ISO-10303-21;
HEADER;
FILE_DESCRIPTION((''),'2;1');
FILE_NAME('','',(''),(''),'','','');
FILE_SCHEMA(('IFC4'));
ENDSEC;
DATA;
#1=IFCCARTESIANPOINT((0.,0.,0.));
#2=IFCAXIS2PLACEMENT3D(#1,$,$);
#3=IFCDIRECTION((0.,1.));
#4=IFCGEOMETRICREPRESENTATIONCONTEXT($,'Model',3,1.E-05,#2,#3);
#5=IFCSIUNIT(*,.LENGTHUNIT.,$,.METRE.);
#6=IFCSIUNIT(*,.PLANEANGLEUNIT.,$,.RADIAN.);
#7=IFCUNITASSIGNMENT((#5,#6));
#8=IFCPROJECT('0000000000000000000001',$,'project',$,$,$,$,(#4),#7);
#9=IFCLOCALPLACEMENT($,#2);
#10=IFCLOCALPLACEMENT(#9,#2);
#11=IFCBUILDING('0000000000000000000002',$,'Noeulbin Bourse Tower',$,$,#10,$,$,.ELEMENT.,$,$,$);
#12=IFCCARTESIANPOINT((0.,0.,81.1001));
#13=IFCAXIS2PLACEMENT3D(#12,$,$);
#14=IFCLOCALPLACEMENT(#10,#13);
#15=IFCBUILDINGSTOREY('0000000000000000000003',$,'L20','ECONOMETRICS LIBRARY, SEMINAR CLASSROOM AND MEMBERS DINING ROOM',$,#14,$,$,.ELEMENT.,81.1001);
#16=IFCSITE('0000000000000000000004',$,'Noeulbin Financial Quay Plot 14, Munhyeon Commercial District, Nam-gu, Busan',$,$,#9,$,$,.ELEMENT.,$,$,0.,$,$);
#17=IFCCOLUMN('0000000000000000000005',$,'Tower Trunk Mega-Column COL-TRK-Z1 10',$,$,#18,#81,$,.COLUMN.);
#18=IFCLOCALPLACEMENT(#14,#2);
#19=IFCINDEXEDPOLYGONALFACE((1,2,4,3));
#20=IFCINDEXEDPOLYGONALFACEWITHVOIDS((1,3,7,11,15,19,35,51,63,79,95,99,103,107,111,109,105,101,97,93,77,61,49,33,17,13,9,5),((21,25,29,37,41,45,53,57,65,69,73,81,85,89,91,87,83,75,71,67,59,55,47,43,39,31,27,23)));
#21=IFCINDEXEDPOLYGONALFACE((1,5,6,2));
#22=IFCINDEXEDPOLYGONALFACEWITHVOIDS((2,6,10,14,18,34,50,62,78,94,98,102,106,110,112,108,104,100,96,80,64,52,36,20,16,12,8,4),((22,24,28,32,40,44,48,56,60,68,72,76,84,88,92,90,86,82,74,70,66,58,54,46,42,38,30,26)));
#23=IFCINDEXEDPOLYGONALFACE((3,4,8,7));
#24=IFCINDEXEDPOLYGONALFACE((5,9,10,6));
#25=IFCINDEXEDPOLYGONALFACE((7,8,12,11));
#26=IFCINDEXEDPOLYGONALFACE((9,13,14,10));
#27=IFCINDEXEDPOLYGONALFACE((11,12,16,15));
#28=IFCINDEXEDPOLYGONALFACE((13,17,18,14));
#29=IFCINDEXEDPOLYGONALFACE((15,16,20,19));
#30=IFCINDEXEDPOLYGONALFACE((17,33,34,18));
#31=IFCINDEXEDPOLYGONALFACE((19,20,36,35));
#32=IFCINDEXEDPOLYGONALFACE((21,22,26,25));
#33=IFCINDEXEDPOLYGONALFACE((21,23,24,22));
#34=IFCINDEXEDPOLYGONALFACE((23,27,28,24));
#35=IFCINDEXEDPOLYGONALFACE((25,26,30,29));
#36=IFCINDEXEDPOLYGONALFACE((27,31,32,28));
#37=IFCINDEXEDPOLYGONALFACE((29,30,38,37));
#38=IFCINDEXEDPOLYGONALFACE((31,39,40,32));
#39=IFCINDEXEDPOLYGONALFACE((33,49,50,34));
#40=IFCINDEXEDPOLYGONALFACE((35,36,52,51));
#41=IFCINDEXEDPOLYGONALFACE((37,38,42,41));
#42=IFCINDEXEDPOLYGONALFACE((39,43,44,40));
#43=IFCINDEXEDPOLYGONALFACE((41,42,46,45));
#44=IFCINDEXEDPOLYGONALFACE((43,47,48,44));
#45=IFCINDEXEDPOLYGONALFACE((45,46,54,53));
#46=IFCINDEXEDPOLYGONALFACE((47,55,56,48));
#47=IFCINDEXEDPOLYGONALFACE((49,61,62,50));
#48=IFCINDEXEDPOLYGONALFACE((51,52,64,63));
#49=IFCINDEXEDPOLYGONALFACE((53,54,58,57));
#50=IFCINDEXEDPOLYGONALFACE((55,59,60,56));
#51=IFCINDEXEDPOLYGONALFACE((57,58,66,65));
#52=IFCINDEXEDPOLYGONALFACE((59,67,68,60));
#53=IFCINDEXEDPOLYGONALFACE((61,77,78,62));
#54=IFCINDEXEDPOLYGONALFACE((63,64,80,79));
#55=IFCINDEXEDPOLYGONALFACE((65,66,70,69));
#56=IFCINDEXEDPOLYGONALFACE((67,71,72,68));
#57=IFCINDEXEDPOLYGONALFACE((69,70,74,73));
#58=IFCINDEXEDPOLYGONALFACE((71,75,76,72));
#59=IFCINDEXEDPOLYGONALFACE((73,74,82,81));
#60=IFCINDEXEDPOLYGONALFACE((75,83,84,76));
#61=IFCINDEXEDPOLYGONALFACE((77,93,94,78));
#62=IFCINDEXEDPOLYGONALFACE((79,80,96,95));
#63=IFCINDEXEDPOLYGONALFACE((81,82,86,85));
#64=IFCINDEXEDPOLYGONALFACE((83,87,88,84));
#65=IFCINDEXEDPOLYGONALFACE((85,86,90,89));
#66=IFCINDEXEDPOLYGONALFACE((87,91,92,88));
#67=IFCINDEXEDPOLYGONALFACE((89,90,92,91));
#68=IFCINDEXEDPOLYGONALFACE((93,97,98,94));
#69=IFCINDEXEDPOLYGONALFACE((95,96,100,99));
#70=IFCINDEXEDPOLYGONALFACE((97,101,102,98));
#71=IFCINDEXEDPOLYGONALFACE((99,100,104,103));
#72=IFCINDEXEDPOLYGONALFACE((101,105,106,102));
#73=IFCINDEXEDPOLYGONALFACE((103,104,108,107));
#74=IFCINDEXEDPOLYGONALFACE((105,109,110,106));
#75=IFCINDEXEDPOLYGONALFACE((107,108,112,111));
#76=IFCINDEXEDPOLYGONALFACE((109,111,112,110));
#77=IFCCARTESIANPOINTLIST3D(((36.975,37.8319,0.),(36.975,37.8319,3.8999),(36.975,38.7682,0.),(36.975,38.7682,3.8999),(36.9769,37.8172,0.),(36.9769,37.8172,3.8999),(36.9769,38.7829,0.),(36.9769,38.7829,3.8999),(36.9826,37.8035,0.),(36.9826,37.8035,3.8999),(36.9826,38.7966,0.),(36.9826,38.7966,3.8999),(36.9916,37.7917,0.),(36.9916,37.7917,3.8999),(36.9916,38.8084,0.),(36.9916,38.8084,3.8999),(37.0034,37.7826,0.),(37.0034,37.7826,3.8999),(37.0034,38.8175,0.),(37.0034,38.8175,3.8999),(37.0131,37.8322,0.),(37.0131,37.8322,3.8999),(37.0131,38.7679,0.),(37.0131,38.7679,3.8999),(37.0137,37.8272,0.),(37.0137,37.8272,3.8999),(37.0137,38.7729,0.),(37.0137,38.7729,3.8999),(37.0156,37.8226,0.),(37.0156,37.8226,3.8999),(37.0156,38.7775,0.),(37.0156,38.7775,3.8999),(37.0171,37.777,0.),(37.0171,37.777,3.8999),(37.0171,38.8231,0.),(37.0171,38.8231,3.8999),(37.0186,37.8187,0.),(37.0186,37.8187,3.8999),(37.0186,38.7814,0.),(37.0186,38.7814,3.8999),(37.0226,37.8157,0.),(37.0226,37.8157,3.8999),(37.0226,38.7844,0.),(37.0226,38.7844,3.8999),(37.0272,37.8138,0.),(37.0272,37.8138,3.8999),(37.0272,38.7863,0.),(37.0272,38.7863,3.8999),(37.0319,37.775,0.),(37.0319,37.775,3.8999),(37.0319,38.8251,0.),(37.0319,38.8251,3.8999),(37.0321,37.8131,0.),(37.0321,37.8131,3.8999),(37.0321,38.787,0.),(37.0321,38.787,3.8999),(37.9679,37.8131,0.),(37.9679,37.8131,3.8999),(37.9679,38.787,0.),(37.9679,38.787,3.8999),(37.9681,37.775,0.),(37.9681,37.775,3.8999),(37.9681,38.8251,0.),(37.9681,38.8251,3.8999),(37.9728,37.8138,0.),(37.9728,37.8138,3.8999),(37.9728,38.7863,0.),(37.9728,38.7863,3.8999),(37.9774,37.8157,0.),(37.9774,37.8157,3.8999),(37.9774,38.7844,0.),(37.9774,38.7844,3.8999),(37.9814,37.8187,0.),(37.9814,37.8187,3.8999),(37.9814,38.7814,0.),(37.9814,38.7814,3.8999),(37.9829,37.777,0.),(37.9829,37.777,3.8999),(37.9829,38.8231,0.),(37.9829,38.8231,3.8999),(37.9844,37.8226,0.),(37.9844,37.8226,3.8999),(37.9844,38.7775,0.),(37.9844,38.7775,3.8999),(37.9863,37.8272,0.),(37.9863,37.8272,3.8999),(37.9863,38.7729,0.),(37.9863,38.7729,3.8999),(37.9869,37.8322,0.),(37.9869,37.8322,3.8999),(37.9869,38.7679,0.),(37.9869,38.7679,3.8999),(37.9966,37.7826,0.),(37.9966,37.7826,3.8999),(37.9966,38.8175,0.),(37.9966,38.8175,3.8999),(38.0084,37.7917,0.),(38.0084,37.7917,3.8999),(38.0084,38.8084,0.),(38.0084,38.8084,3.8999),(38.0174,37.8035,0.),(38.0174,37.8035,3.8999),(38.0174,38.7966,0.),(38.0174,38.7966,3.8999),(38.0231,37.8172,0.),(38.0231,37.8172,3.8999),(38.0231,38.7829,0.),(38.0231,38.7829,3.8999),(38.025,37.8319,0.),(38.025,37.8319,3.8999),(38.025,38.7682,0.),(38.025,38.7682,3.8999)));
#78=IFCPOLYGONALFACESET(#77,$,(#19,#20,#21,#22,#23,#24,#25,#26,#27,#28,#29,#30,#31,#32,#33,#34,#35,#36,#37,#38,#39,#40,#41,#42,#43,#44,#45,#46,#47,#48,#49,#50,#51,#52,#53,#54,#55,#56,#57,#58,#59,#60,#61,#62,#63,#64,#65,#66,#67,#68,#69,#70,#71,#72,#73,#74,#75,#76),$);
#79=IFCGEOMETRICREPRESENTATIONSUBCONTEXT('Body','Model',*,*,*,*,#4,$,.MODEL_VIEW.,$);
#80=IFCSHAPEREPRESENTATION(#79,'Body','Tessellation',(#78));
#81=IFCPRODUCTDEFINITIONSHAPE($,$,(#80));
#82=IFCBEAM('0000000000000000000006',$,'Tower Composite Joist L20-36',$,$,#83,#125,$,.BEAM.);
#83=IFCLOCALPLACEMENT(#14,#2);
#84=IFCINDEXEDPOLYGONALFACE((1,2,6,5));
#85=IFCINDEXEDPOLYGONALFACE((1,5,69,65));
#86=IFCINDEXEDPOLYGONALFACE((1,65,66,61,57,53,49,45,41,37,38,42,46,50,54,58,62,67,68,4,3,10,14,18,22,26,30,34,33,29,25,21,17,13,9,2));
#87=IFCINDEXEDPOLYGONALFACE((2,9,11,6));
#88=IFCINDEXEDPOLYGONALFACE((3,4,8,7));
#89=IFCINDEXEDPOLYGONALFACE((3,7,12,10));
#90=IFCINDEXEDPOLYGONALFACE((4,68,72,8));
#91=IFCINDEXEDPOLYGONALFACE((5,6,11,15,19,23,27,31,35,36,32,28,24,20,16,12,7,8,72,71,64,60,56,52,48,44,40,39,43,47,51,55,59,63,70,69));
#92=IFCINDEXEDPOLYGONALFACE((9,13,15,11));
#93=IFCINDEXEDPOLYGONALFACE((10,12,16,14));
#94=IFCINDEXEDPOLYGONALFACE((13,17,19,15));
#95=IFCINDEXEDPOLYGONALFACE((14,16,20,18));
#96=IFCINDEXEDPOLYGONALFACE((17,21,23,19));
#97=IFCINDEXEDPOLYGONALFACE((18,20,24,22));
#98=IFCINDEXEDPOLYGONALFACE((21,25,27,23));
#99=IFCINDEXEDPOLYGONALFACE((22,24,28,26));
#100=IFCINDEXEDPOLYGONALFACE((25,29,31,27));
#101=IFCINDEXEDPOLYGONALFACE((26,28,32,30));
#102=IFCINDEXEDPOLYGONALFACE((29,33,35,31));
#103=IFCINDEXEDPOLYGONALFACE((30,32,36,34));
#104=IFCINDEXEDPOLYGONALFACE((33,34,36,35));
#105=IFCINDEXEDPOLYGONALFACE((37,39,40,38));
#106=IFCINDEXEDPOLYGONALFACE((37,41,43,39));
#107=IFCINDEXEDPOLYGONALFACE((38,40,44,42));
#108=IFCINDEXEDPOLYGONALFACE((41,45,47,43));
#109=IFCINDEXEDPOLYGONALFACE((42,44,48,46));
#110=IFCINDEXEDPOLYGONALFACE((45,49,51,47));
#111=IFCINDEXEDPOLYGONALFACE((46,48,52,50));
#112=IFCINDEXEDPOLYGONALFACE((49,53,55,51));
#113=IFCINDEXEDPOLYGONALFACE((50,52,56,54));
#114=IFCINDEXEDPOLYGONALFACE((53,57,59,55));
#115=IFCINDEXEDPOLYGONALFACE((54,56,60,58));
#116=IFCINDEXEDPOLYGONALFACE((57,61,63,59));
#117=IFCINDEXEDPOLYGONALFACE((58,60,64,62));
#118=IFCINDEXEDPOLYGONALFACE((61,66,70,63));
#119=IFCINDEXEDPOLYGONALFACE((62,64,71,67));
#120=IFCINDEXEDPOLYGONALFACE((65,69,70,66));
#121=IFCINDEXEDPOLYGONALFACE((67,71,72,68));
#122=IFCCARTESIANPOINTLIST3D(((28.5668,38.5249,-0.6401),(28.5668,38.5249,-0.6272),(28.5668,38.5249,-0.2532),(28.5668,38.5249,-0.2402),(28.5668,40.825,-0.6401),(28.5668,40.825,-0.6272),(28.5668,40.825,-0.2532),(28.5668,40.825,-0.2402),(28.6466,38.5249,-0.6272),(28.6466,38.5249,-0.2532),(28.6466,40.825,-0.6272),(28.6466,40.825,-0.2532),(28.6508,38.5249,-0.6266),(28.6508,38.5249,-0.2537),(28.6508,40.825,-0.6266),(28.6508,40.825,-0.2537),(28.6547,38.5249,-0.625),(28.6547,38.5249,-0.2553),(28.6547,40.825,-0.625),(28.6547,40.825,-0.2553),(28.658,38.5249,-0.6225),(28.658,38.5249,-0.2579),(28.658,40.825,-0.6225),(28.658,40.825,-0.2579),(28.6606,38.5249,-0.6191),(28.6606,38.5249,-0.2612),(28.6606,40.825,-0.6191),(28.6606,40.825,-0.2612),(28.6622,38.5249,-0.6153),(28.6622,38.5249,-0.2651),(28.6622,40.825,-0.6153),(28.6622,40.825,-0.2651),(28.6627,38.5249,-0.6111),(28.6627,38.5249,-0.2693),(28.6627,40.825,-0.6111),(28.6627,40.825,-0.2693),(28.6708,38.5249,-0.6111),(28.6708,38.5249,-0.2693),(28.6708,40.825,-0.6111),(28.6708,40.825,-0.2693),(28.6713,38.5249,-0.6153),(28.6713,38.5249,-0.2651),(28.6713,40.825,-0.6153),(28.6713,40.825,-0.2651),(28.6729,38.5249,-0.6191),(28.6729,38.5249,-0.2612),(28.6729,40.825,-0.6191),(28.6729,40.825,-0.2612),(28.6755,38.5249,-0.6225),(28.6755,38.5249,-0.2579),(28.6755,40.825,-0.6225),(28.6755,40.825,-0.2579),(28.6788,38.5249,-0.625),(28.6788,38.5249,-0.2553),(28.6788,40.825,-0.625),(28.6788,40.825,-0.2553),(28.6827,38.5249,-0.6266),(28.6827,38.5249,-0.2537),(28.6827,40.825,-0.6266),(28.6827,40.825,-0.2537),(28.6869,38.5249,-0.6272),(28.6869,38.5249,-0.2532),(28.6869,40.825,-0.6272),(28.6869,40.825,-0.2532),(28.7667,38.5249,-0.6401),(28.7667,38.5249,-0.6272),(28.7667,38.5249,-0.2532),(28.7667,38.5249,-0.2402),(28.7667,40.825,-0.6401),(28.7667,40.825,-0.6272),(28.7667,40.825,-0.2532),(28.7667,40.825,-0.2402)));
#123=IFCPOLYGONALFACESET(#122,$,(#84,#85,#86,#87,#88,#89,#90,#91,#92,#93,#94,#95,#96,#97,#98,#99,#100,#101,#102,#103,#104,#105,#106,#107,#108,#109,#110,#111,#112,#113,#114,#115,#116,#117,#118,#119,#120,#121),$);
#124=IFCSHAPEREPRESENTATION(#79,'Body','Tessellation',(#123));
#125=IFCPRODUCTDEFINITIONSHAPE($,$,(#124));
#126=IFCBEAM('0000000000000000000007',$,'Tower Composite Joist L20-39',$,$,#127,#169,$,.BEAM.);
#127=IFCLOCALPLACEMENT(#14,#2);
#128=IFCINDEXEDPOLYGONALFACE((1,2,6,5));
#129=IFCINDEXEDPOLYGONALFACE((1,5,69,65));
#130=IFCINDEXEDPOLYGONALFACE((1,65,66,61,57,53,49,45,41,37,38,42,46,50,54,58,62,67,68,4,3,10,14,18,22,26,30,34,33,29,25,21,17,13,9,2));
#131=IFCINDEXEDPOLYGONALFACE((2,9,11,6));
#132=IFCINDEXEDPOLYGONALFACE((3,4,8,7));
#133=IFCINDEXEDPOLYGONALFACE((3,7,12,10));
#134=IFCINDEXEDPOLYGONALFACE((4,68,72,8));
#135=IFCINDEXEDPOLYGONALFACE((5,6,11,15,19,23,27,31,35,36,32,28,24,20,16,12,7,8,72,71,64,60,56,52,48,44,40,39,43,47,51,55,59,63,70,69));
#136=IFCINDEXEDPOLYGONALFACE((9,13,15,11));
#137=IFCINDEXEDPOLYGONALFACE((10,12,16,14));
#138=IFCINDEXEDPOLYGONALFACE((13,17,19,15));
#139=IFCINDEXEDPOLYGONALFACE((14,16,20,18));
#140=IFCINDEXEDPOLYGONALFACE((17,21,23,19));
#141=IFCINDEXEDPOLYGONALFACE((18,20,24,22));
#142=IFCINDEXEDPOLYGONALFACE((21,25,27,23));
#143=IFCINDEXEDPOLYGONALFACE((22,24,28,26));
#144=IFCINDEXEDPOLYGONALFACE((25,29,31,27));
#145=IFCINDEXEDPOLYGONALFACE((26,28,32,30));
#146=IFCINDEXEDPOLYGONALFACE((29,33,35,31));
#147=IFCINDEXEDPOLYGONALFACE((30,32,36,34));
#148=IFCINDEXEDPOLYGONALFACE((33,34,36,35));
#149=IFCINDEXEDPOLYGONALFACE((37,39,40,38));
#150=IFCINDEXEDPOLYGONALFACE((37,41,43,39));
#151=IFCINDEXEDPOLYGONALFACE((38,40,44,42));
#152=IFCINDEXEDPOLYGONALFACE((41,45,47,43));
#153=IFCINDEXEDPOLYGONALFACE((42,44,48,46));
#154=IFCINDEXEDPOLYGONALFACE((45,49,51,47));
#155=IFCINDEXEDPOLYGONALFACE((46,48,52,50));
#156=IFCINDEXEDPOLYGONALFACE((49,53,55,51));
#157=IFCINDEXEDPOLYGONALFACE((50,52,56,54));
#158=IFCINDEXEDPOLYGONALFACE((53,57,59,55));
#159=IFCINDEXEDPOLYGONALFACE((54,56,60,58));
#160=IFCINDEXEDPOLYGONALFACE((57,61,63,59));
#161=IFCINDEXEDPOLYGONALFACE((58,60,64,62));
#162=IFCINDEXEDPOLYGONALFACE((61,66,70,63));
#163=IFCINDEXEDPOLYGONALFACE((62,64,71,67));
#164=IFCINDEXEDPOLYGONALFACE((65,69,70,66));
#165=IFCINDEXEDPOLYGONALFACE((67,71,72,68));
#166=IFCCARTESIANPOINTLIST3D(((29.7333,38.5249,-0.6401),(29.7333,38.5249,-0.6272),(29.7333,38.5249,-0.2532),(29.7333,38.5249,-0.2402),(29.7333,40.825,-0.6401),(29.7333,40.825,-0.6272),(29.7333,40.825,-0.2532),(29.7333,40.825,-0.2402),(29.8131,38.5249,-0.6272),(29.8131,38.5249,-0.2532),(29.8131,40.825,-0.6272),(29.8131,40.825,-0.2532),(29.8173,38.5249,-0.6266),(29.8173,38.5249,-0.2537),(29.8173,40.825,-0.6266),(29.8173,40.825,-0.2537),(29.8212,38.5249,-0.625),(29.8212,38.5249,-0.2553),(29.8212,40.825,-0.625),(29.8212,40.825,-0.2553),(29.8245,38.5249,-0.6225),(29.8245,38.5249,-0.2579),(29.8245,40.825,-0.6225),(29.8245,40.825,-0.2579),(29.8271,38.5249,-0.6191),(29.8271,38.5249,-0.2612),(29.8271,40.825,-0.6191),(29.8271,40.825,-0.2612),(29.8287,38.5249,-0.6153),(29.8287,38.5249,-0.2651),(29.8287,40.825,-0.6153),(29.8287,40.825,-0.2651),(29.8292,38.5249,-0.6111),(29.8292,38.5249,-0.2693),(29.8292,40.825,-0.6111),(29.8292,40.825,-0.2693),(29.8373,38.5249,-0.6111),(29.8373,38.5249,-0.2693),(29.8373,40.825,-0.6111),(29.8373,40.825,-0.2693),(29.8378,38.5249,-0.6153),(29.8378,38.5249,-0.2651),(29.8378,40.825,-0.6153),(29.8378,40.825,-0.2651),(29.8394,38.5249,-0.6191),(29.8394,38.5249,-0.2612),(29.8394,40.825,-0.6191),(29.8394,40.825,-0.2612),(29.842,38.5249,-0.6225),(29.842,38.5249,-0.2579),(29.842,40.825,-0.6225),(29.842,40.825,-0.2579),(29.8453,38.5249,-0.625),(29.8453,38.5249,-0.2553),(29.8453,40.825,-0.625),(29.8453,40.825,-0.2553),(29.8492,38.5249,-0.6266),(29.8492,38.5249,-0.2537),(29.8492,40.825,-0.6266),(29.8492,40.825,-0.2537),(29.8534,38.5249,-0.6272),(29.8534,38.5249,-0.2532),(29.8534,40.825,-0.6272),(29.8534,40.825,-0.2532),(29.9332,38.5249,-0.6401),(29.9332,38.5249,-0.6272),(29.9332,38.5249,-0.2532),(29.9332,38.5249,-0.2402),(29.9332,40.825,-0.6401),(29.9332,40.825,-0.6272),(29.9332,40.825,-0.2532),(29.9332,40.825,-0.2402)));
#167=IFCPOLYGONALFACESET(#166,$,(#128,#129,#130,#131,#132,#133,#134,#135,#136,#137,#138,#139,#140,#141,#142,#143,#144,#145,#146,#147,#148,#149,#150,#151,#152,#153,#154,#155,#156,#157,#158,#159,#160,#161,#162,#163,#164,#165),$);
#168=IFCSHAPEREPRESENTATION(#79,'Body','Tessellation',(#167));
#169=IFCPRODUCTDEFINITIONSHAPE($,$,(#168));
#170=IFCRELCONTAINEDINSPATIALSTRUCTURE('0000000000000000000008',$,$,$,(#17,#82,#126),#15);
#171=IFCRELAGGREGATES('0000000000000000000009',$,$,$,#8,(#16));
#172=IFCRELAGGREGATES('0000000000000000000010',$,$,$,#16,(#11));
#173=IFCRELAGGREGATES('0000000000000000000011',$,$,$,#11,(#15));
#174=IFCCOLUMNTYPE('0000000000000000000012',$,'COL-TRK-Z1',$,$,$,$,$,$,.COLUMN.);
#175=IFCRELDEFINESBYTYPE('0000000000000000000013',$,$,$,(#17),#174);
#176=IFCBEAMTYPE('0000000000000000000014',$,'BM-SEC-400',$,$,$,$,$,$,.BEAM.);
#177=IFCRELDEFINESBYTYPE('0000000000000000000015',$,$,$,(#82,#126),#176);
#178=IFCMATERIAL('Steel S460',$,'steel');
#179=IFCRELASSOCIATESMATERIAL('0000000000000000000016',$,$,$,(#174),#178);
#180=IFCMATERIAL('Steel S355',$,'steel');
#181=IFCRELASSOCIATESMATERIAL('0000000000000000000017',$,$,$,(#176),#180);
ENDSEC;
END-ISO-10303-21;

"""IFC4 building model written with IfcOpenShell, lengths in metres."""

from ifc_helpers import new_model, si_unit, direction, frame, origin, origin_2d, place, context, subcontext, project, spatial, hollow_rectangle, i_section, extrude, material, material_profile, profile_set, type_object, element, save


model = new_model("IFC4")

# Units and contexts
model_context = context("Model", 3, precision=1e-05, world=origin(), true_north=direction((0.0, 1.0)))
body_context = subcontext(model_context, "Body", "Model", "MODEL_VIEW")
ifc_project = project(units=[si_unit("LENGTHUNIT", "METRE"), si_unit("PLANEANGLEUNIT", "RADIAN")], contexts=[model_context])

# Site, building, storey
site_placement = place(None, origin())
site = spatial("IfcSite", under=ifc_project, at=site_placement, Name="Noeulbin Financial Quay Plot 14, Munhyeon Commercial District, Nam-gu, Busan", CompositionType="ELEMENT", RefElevation=0.0)
building_placement = place(site_placement, origin())
building = spatial("IfcBuilding", under=site, at=building_placement, Name="Noeulbin Bourse Tower", CompositionType="ELEMENT")
storey_placement = place(building_placement, frame((0.0, 0.0, 81.1001)))
storey = spatial("IfcBuildingStorey", under=building, at=storey_placement, Name="L20", Description="ECONOMETRICS LIBRARY, SEMINAR CLASSROOM AND MEMBERS DINING ROOM", CompositionType="ELEMENT", Elevation=81.1001)

# Column
ifc_material_1 = material(Name="Steel S460", Category="steel")
ifc_material_profile_1 = material_profile(ifc_material_1, hollow_rectangle(XDim=1.05, YDim=1.05, WallThickness=0.0381, InnerFilletRadius=0.019, OuterFilletRadius=0.0569, at=origin_2d()), Name="BOX-1050x1050x38", Category="LoadBearing")
ifc_profile_set_1 = profile_set([ifc_material_profile_1], Name="Steel S460")
column_type_1 = type_object("IfcColumnType", Name="COL-TRK-Z1", PredefinedType="COLUMN", material=ifc_profile_set_1)
column_placement = place(storey_placement, frame((37.5, 38.3, 0.0), z_axis=(0.0, 0.0, 1.0), x_axis=(1.0, 0.0, 0.0)))
element("IfcColumn", 1, at=column_placement, inside=storey, type_object=column_type_1, Name="Tower Trunk Mega-Column COL-TRK-Z1 10", PredefinedType="COLUMN", context=body_context, shape_type="SweptSolid", body=[
    extrude(hollow_rectangle(XDim=1.05, YDim=1.05, WallThickness=0.0381, InnerFilletRadius=0.019, OuterFilletRadius=0.0569, at=origin_2d()), origin(), (0.0, 0.0, 1.0), 3.8999),
])

# Beams
ifc_material_2 = material(Name="Steel S355", Category="steel")
ifc_material_profile_2 = material_profile(ifc_material_2, i_section(OverallWidth=0.2, OverallDepth=0.3999, WebThickness=0.0081, FlangeThickness=0.0129, FilletRadius=0.0161, at=origin_2d()), Name="H-400x200x8x13", Category="LoadBearing")
ifc_profile_set_2 = profile_set([ifc_material_profile_2], Name="Steel S355")
beam_type_1 = type_object("IfcBeamType", Name="BM-SEC-400", PredefinedType="BEAM", material=ifc_profile_set_2)
for number, where, z_axis, x_axis, name in (
    (2, (28.6667, 38.5249, -0.4402), (0.0, 1.0, 0.0), (-1.0, 0.0, 0.0), "Tower Composite Joist L20-36"),
    (3, (29.8333, 38.5249, -0.4402), (0.0, 1.0, 0.0), (-1.0, 0.0, 0.0), "Tower Composite Joist L20-39"),
):
    element("IfcBeam", number, at=place(storey_placement, frame(where, z_axis=z_axis, x_axis=x_axis)), inside=storey, type_object=beam_type_1, Name=name, PredefinedType="BEAM", context=body_context, shape_type="SweptSolid", body=[
        extrude(i_section(OverallWidth=0.2, OverallDepth=0.3999, WebThickness=0.0081, FlangeThickness=0.0129, FilletRadius=0.0161, at=origin_2d()), origin(), (0.0, 0.0, 1.0), 2.3),
    ])

save(model, "model.ifc")
